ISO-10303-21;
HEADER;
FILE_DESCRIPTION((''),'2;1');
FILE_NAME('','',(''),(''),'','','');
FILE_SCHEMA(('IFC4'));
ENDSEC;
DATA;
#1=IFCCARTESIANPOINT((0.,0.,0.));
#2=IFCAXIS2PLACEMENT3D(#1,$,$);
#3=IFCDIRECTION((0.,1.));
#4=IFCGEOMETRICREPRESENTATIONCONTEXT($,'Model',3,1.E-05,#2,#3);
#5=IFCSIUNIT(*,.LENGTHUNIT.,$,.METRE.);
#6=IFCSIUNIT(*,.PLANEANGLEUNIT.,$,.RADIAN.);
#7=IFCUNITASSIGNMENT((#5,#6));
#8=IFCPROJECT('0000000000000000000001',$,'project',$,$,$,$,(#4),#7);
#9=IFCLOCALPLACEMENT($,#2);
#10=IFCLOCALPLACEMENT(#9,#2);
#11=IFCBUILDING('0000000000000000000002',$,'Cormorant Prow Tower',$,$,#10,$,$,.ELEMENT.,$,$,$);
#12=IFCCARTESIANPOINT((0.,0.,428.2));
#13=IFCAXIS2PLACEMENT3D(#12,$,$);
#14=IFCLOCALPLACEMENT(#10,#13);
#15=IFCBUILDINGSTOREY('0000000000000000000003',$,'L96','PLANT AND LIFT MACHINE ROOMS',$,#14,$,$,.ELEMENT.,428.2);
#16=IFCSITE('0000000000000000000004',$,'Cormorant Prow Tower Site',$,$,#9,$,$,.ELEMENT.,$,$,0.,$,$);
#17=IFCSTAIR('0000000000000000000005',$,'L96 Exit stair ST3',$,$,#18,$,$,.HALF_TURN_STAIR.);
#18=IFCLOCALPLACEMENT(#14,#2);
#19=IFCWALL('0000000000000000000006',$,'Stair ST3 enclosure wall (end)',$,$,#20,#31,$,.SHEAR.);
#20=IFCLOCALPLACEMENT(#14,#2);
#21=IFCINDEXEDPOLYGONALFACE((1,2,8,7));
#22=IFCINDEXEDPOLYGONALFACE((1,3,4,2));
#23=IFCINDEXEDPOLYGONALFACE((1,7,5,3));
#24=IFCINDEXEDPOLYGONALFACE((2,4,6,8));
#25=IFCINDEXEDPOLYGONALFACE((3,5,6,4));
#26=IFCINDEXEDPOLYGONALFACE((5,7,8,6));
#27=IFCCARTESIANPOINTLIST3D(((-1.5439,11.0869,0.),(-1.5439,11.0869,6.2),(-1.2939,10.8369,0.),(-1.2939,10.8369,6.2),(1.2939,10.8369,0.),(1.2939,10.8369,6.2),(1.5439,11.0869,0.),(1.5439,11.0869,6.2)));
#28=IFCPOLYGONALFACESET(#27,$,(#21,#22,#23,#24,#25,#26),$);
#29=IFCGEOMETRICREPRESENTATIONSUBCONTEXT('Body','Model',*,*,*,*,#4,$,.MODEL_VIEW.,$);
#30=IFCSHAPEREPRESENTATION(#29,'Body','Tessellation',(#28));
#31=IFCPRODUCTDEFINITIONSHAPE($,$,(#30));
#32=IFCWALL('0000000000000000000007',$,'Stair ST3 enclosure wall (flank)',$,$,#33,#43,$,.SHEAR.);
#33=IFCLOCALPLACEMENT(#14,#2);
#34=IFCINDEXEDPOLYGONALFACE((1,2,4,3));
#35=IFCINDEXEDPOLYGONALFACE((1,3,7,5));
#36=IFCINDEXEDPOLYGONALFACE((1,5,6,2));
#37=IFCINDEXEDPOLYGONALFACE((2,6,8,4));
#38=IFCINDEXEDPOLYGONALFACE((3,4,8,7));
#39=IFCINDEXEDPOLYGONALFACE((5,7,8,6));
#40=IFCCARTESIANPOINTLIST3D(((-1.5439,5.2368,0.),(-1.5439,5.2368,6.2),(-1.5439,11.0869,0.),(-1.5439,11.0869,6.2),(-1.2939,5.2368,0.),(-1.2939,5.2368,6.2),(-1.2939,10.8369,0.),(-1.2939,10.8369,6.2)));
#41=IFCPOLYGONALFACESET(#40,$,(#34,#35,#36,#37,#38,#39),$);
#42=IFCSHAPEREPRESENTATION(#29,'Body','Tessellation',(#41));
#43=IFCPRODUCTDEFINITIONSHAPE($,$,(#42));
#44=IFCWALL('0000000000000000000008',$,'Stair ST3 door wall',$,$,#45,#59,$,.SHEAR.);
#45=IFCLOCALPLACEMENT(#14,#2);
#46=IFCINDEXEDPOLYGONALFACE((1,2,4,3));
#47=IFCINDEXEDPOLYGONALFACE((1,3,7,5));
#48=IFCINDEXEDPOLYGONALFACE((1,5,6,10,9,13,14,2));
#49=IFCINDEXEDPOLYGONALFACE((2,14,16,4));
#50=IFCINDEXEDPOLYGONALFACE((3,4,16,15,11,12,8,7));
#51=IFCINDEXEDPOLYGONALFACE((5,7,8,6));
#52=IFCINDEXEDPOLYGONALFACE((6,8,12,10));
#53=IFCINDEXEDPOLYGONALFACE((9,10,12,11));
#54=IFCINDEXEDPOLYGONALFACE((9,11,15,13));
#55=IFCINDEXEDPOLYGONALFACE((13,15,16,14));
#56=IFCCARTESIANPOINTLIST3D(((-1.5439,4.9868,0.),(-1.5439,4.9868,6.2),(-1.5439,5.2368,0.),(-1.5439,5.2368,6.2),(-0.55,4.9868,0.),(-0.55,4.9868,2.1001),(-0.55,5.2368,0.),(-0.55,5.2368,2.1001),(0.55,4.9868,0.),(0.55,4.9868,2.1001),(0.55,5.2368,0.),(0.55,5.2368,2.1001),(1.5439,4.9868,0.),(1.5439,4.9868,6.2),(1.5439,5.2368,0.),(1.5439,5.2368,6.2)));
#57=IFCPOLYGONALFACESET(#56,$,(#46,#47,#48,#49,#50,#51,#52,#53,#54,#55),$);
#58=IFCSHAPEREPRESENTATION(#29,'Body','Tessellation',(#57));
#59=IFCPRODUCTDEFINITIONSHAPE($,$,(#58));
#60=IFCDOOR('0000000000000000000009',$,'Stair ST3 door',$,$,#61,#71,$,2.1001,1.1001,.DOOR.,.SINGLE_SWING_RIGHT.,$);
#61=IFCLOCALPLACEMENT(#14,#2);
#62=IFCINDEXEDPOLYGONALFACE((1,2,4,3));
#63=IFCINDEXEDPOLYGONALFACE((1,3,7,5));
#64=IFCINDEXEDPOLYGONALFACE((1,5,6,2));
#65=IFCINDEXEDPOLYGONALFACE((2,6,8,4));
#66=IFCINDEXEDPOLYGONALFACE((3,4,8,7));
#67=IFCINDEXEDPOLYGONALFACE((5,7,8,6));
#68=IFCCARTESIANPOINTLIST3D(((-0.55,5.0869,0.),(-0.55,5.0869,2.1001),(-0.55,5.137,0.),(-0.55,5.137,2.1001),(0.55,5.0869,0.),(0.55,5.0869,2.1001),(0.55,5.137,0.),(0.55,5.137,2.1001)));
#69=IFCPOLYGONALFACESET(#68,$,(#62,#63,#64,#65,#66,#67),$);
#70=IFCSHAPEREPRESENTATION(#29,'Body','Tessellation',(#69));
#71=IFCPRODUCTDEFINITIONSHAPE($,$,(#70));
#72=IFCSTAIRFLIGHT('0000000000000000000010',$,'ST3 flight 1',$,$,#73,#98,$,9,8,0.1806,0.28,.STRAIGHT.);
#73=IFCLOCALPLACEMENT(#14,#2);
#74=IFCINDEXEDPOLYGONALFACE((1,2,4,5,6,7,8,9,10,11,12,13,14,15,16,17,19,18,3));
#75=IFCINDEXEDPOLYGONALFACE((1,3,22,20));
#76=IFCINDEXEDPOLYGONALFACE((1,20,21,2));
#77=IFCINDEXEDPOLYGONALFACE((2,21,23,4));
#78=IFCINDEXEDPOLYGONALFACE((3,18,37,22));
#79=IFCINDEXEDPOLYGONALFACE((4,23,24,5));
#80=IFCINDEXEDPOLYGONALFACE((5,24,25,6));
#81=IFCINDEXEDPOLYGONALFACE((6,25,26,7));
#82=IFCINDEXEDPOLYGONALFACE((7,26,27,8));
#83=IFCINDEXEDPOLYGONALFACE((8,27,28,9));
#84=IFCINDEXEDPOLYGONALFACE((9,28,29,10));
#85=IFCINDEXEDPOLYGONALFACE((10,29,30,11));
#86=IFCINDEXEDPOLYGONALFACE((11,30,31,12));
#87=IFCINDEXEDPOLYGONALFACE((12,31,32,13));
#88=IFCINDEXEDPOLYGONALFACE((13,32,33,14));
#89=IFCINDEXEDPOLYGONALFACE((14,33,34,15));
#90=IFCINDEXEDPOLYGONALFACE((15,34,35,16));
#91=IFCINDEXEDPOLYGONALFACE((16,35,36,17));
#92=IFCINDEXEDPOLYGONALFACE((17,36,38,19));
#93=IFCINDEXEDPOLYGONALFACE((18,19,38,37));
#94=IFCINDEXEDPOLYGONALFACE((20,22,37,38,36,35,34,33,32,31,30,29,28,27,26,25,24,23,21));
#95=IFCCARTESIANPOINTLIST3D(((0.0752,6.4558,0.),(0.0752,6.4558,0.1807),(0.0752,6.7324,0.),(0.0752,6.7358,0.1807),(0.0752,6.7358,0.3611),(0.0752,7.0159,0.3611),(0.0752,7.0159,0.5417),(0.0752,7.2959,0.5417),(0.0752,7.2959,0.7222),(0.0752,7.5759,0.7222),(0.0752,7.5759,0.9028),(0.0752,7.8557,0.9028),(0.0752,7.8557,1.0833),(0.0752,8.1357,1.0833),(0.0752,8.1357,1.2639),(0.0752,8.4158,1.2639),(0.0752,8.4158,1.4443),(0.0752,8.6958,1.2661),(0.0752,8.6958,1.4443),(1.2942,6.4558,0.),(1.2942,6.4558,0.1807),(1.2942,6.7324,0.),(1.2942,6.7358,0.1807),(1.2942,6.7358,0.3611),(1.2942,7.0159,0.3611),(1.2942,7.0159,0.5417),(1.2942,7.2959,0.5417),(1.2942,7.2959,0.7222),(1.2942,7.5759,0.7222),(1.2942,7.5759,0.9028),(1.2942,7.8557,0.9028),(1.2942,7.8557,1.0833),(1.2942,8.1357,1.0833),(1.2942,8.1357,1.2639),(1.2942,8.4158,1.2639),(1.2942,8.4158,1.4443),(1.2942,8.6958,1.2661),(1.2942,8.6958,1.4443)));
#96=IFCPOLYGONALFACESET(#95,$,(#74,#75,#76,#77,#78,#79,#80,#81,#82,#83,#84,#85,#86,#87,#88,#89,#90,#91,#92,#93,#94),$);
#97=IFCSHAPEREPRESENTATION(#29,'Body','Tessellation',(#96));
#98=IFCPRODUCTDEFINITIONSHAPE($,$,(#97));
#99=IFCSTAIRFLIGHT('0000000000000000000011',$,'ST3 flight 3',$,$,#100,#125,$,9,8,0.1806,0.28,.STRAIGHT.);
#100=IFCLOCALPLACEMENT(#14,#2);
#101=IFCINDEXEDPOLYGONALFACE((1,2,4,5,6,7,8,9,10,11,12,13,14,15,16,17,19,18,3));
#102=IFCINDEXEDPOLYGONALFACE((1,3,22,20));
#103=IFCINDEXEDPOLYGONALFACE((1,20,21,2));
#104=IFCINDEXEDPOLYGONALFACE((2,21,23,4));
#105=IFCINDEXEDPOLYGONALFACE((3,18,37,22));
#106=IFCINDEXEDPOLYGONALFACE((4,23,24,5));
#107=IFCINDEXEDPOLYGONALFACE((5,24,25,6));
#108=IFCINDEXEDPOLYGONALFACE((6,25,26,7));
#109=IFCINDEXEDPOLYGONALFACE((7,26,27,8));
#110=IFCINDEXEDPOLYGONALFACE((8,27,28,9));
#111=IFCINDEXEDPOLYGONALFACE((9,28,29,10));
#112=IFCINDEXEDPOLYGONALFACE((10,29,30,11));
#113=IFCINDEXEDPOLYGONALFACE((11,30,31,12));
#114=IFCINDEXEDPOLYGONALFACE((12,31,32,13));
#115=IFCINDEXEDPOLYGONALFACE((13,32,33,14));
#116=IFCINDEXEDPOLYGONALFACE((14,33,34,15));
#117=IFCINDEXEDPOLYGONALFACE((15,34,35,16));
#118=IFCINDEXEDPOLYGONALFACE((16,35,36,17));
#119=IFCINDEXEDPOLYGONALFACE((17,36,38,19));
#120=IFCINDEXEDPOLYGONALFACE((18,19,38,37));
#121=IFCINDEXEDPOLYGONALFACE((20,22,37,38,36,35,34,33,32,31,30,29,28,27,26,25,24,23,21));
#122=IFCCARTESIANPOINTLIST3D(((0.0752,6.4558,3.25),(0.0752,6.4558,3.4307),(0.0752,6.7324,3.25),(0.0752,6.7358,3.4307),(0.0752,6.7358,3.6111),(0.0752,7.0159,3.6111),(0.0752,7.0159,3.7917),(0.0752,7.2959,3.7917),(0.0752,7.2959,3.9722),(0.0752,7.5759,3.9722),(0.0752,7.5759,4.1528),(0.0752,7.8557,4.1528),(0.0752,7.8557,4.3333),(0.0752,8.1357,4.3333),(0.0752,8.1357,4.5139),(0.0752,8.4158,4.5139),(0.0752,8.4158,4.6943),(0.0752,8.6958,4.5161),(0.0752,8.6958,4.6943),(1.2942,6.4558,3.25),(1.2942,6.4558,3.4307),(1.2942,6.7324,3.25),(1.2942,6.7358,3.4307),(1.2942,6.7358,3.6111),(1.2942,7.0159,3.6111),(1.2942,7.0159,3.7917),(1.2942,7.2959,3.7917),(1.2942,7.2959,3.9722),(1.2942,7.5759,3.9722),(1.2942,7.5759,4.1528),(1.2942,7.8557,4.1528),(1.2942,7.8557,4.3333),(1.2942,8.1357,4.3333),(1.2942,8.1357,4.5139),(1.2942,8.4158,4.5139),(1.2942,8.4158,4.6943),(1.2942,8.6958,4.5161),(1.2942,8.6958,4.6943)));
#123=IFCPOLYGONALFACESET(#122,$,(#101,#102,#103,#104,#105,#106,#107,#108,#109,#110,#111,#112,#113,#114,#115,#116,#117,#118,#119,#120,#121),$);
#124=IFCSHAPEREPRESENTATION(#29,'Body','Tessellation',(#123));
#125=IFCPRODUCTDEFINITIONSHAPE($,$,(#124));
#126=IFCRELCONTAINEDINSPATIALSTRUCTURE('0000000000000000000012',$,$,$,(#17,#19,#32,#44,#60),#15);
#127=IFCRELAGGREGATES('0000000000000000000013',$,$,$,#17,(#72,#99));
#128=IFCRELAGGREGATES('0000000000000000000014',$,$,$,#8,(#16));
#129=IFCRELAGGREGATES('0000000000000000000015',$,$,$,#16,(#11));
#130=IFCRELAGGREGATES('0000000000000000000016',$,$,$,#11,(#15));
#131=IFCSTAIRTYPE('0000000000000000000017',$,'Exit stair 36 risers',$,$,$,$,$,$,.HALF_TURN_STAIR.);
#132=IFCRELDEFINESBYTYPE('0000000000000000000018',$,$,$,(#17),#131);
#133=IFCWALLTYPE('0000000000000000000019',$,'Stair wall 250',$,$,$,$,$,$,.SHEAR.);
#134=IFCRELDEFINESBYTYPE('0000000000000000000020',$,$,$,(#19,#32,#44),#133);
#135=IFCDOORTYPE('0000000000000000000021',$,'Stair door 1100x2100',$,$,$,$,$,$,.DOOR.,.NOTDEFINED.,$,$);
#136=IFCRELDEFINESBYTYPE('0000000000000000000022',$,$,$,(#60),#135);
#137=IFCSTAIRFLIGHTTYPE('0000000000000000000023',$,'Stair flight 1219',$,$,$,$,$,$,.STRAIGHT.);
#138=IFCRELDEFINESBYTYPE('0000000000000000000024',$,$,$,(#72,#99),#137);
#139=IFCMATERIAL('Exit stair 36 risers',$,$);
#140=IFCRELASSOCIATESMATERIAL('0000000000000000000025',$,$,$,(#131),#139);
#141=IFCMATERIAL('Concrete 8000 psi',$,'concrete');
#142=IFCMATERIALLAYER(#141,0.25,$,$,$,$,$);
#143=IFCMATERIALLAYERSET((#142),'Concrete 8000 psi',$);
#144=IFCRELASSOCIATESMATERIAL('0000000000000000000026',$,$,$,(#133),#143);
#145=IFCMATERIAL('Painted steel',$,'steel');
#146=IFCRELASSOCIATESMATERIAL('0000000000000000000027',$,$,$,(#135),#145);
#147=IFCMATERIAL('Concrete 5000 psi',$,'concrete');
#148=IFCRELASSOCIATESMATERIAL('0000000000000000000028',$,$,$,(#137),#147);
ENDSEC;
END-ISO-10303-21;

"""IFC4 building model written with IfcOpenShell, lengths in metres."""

from ifc_helpers import new_model, si_unit, direction, frame, frame_2d, origin, place, context, subcontext, project, spatial, polyline, rectangle, outline, extrude, material, layer, layer_set, type_object, element, fill, aggregate, save


model = new_model("IFC4")

# Units and contexts
model_context = context("Model", 3, precision=1e-05, world=origin(), true_north=direction((0.0, 1.0)))
body_context = subcontext(model_context, "Body", "Model", "MODEL_VIEW")
ifc_project = project(units=[si_unit("LENGTHUNIT", "METRE"), si_unit("PLANEANGLEUNIT", "RADIAN")], contexts=[model_context])

# Site, building, storey
site_placement = place(None, origin())
site = spatial("IfcSite", under=ifc_project, at=site_placement, Name="Cormorant Prow Tower Site", CompositionType="ELEMENT", RefElevation=0.0)
building_placement = place(site_placement, origin())
building = spatial("IfcBuilding", under=site, at=building_placement, Name="Cormorant Prow Tower", CompositionType="ELEMENT")
storey_placement = place(building_placement, frame((0.0, 0.0, 428.2)))
storey = spatial("IfcBuildingStorey", under=building, at=storey_placement, Name="L96", Description="PLANT AND LIFT MACHINE ROOMS", CompositionType="ELEMENT", Elevation=428.2)

# Stair
ifc_material_1 = material(Name="Exit stair 36 risers")
stair_type = type_object("IfcStairType", Name="Exit stair 36 risers", PredefinedType="HALF_TURN_STAIR", material=ifc_material_1)
stair_1_placement = place(storey_placement, origin())
stair_1 = element("IfcStair", 1, at=stair_1_placement, inside=storey, type_object=stair_type, Name="L96 Exit stair ST3", PredefinedType="HALF_TURN_STAIR")

# Walls
ifc_material_2 = material(Name="Concrete 8000 psi", Category="concrete")
ifc_layer_1 = layer(ifc_material_2, 0.25)
ifc_layer_set_1 = layer_set([ifc_layer_1], Name="Concrete 8000 psi")
wall_type_1 = type_object("IfcWallType", Name="Stair wall 250", PredefinedType="SHEAR", material=ifc_layer_set_1)
wall_1_placement = place(storey_placement, origin())
element("IfcWall", 2, at=wall_1_placement, inside=storey, type_object=wall_type_1, Name="Stair ST3 enclosure wall (end)", PredefinedType="SHEAR", context=body_context, shape_type="SweptSolid", body=[
    extrude(outline(polyline([(1.5439, 11.0869), (-1.5439, 11.0869), (-1.2939, 10.8369), (1.2939, 10.8369), (1.5439, 11.0869)])), origin(), (0.0, 0.0, 1.0), 6.2),
])
wall_2_placement = place(storey_placement, origin())
element("IfcWall", 3, at=wall_2_placement, inside=storey, type_object=wall_type_1, Name="Stair ST3 enclosure wall (flank)", PredefinedType="SHEAR", context=body_context, shape_type="SweptSolid", body=[
    extrude(outline(polyline([(-1.2939, 10.8369), (-1.5439, 11.0869), (-1.5439, 5.2368), (-1.2939, 5.2368), (-1.2939, 10.8369)])), origin(), (0.0, 0.0, 1.0), 6.2),
])

# Wall, opening, door
wall_3_placement = place(storey_placement, frame((1.5439, 5.1118, 0.0), z_axis=(0.0, 0.0, 1.0), x_axis=(-1.0, 0.0, 0.0)))
wall_3 = element("IfcWall", 4, at=wall_3_placement, inside=storey, type_object=wall_type_1, Name="Stair ST3 door wall", PredefinedType="SHEAR", context=body_context, shape_type="SweptSolid", body=[
    extrude(rectangle(XDim=3.0879, YDim=0.25, at=frame_2d((1.5439, 0.0))), origin(), (0.0, 0.0, 1.0), 6.2),
])
opening_1_placement = place(wall_3_placement, frame((0.9939, 0.0, 0.0)))
opening_1 = element("IfcOpeningElement", 5, at=opening_1_placement, cuts=wall_3, PredefinedType="OPENING", context=body_context, shape_type="SweptSolid", body=[
    extrude(rectangle(XDim=1.1001, YDim=2.1001, at=frame_2d((0.55, 1.05))), frame((0.0, 0.135, 0.0), z_axis=(0.0, -1.0, 0.0), x_axis=(1.0, 0.0, 0.0)), (0.0, 0.0, 1.0), 0.27),
])
ifc_material_3 = material(Name="Painted steel", Category="steel")
door_type_1 = type_object("IfcDoorType", Name="Stair door 1100x2100", OperationType="NOTDEFINED", PredefinedType="DOOR", material=ifc_material_3)
door_1_placement = place(opening_1_placement, origin())
door_1 = element("IfcDoor", 6, at=door_1_placement, inside=storey, type_object=door_type_1, Name="Stair ST3 door", OperationType="SINGLE_SWING_RIGHT", OverallHeight=2.1001, OverallWidth=1.1001, PredefinedType="DOOR", context=body_context, shape_type="SweptSolid", body=[
    extrude(rectangle(XDim=1.1001, YDim=2.1001, at=frame_2d((0.55, 1.05))), frame((0.0, 0.0249, 0.0), z_axis=(0.0, -1.0, 0.0), x_axis=(1.0, 0.0, 0.0)), (0.0, 0.0, 1.0), 0.05),
])
fill(opening_1, door_1)

# Stair flights
ifc_material_4 = material(Name="Concrete 5000 psi", Category="concrete")
stair_flight_type = type_object("IfcStairFlightType", Name="Stair flight 1219", PredefinedType="STRAIGHT", material=ifc_material_4)
stair_flight_1_placement = place(storey_placement, frame((0.6846, 6.4558, 0.0), z_axis=(0.0, 0.0, 1.0), x_axis=(0.0, 1.0, 0.0)))
stair_flight_1 = element("IfcStairFlight", 7, at=stair_flight_1_placement, type_object=stair_flight_type, Name="ST3 flight 1", NumberOfRisers=9, NumberOfTreads=8, PredefinedType="STRAIGHT", RiserHeight=0.1806, TreadLength=0.28, context=body_context, shape_type="SweptSolid", body=[
    extrude(outline(polyline([(0.0, 0.0), (0.0, 0.1807), (0.28, 0.1807), (0.28, 0.3611), (0.5601, 0.3611), (0.5601, 0.5417), (0.8401, 0.5417), (0.8401, 0.7222), (1.1201, 0.7222), (1.1201, 0.9028), (1.3999, 0.9028), (1.3999, 1.0833), (1.6799, 1.0833), (1.6799, 1.2639), (1.96, 1.2639), (1.96, 1.4443), (2.24, 1.4443), (2.24, 1.625), (2.24, 1.2661), (0.2766, 0.0), (0.0, 0.0)])), frame((0.0, 0.6094, 0.0), z_axis=(0.0, -1.0, 0.0), x_axis=(1.0, 0.0, 0.0)), (0.0, 0.0, 1.0), 1.219),
])
stair_flight_2_placement = place(storey_placement, frame((0.6846, 6.4558, 3.25), z_axis=(0.0, 0.0, 1.0), x_axis=(0.0, 1.0, 0.0)))
stair_flight_2 = element("IfcStairFlight", 8, at=stair_flight_2_placement, type_object=stair_flight_type, Name="ST3 flight 3", NumberOfRisers=9, NumberOfTreads=8, PredefinedType="STRAIGHT", RiserHeight=0.1806, TreadLength=0.28, context=body_context, shape_type="SweptSolid", body=[
    extrude(outline(polyline([(0.0, 0.0), (0.0, 0.1807), (0.28, 0.1807), (0.28, 0.3611), (0.5601, 0.3611), (0.5601, 0.5417), (0.8401, 0.5417), (0.8401, 0.7222), (1.1201, 0.7222), (1.1201, 0.9028), (1.3999, 0.9028), (1.3999, 1.0833), (1.6799, 1.0833), (1.6799, 1.2639), (1.96, 1.2639), (1.96, 1.4443), (2.24, 1.4443), (2.24, 1.625), (2.24, 1.2661), (0.2766, 0.0), (0.0, 0.0)])), frame((0.0, 0.6094, 0.0), z_axis=(0.0, -1.0, 0.0), x_axis=(1.0, 0.0, 0.0)), (0.0, 0.0, 1.0), 1.219),
])
aggregate(stair_1, [stair_flight_1, stair_flight_2])

save(model, "model.ifc")
